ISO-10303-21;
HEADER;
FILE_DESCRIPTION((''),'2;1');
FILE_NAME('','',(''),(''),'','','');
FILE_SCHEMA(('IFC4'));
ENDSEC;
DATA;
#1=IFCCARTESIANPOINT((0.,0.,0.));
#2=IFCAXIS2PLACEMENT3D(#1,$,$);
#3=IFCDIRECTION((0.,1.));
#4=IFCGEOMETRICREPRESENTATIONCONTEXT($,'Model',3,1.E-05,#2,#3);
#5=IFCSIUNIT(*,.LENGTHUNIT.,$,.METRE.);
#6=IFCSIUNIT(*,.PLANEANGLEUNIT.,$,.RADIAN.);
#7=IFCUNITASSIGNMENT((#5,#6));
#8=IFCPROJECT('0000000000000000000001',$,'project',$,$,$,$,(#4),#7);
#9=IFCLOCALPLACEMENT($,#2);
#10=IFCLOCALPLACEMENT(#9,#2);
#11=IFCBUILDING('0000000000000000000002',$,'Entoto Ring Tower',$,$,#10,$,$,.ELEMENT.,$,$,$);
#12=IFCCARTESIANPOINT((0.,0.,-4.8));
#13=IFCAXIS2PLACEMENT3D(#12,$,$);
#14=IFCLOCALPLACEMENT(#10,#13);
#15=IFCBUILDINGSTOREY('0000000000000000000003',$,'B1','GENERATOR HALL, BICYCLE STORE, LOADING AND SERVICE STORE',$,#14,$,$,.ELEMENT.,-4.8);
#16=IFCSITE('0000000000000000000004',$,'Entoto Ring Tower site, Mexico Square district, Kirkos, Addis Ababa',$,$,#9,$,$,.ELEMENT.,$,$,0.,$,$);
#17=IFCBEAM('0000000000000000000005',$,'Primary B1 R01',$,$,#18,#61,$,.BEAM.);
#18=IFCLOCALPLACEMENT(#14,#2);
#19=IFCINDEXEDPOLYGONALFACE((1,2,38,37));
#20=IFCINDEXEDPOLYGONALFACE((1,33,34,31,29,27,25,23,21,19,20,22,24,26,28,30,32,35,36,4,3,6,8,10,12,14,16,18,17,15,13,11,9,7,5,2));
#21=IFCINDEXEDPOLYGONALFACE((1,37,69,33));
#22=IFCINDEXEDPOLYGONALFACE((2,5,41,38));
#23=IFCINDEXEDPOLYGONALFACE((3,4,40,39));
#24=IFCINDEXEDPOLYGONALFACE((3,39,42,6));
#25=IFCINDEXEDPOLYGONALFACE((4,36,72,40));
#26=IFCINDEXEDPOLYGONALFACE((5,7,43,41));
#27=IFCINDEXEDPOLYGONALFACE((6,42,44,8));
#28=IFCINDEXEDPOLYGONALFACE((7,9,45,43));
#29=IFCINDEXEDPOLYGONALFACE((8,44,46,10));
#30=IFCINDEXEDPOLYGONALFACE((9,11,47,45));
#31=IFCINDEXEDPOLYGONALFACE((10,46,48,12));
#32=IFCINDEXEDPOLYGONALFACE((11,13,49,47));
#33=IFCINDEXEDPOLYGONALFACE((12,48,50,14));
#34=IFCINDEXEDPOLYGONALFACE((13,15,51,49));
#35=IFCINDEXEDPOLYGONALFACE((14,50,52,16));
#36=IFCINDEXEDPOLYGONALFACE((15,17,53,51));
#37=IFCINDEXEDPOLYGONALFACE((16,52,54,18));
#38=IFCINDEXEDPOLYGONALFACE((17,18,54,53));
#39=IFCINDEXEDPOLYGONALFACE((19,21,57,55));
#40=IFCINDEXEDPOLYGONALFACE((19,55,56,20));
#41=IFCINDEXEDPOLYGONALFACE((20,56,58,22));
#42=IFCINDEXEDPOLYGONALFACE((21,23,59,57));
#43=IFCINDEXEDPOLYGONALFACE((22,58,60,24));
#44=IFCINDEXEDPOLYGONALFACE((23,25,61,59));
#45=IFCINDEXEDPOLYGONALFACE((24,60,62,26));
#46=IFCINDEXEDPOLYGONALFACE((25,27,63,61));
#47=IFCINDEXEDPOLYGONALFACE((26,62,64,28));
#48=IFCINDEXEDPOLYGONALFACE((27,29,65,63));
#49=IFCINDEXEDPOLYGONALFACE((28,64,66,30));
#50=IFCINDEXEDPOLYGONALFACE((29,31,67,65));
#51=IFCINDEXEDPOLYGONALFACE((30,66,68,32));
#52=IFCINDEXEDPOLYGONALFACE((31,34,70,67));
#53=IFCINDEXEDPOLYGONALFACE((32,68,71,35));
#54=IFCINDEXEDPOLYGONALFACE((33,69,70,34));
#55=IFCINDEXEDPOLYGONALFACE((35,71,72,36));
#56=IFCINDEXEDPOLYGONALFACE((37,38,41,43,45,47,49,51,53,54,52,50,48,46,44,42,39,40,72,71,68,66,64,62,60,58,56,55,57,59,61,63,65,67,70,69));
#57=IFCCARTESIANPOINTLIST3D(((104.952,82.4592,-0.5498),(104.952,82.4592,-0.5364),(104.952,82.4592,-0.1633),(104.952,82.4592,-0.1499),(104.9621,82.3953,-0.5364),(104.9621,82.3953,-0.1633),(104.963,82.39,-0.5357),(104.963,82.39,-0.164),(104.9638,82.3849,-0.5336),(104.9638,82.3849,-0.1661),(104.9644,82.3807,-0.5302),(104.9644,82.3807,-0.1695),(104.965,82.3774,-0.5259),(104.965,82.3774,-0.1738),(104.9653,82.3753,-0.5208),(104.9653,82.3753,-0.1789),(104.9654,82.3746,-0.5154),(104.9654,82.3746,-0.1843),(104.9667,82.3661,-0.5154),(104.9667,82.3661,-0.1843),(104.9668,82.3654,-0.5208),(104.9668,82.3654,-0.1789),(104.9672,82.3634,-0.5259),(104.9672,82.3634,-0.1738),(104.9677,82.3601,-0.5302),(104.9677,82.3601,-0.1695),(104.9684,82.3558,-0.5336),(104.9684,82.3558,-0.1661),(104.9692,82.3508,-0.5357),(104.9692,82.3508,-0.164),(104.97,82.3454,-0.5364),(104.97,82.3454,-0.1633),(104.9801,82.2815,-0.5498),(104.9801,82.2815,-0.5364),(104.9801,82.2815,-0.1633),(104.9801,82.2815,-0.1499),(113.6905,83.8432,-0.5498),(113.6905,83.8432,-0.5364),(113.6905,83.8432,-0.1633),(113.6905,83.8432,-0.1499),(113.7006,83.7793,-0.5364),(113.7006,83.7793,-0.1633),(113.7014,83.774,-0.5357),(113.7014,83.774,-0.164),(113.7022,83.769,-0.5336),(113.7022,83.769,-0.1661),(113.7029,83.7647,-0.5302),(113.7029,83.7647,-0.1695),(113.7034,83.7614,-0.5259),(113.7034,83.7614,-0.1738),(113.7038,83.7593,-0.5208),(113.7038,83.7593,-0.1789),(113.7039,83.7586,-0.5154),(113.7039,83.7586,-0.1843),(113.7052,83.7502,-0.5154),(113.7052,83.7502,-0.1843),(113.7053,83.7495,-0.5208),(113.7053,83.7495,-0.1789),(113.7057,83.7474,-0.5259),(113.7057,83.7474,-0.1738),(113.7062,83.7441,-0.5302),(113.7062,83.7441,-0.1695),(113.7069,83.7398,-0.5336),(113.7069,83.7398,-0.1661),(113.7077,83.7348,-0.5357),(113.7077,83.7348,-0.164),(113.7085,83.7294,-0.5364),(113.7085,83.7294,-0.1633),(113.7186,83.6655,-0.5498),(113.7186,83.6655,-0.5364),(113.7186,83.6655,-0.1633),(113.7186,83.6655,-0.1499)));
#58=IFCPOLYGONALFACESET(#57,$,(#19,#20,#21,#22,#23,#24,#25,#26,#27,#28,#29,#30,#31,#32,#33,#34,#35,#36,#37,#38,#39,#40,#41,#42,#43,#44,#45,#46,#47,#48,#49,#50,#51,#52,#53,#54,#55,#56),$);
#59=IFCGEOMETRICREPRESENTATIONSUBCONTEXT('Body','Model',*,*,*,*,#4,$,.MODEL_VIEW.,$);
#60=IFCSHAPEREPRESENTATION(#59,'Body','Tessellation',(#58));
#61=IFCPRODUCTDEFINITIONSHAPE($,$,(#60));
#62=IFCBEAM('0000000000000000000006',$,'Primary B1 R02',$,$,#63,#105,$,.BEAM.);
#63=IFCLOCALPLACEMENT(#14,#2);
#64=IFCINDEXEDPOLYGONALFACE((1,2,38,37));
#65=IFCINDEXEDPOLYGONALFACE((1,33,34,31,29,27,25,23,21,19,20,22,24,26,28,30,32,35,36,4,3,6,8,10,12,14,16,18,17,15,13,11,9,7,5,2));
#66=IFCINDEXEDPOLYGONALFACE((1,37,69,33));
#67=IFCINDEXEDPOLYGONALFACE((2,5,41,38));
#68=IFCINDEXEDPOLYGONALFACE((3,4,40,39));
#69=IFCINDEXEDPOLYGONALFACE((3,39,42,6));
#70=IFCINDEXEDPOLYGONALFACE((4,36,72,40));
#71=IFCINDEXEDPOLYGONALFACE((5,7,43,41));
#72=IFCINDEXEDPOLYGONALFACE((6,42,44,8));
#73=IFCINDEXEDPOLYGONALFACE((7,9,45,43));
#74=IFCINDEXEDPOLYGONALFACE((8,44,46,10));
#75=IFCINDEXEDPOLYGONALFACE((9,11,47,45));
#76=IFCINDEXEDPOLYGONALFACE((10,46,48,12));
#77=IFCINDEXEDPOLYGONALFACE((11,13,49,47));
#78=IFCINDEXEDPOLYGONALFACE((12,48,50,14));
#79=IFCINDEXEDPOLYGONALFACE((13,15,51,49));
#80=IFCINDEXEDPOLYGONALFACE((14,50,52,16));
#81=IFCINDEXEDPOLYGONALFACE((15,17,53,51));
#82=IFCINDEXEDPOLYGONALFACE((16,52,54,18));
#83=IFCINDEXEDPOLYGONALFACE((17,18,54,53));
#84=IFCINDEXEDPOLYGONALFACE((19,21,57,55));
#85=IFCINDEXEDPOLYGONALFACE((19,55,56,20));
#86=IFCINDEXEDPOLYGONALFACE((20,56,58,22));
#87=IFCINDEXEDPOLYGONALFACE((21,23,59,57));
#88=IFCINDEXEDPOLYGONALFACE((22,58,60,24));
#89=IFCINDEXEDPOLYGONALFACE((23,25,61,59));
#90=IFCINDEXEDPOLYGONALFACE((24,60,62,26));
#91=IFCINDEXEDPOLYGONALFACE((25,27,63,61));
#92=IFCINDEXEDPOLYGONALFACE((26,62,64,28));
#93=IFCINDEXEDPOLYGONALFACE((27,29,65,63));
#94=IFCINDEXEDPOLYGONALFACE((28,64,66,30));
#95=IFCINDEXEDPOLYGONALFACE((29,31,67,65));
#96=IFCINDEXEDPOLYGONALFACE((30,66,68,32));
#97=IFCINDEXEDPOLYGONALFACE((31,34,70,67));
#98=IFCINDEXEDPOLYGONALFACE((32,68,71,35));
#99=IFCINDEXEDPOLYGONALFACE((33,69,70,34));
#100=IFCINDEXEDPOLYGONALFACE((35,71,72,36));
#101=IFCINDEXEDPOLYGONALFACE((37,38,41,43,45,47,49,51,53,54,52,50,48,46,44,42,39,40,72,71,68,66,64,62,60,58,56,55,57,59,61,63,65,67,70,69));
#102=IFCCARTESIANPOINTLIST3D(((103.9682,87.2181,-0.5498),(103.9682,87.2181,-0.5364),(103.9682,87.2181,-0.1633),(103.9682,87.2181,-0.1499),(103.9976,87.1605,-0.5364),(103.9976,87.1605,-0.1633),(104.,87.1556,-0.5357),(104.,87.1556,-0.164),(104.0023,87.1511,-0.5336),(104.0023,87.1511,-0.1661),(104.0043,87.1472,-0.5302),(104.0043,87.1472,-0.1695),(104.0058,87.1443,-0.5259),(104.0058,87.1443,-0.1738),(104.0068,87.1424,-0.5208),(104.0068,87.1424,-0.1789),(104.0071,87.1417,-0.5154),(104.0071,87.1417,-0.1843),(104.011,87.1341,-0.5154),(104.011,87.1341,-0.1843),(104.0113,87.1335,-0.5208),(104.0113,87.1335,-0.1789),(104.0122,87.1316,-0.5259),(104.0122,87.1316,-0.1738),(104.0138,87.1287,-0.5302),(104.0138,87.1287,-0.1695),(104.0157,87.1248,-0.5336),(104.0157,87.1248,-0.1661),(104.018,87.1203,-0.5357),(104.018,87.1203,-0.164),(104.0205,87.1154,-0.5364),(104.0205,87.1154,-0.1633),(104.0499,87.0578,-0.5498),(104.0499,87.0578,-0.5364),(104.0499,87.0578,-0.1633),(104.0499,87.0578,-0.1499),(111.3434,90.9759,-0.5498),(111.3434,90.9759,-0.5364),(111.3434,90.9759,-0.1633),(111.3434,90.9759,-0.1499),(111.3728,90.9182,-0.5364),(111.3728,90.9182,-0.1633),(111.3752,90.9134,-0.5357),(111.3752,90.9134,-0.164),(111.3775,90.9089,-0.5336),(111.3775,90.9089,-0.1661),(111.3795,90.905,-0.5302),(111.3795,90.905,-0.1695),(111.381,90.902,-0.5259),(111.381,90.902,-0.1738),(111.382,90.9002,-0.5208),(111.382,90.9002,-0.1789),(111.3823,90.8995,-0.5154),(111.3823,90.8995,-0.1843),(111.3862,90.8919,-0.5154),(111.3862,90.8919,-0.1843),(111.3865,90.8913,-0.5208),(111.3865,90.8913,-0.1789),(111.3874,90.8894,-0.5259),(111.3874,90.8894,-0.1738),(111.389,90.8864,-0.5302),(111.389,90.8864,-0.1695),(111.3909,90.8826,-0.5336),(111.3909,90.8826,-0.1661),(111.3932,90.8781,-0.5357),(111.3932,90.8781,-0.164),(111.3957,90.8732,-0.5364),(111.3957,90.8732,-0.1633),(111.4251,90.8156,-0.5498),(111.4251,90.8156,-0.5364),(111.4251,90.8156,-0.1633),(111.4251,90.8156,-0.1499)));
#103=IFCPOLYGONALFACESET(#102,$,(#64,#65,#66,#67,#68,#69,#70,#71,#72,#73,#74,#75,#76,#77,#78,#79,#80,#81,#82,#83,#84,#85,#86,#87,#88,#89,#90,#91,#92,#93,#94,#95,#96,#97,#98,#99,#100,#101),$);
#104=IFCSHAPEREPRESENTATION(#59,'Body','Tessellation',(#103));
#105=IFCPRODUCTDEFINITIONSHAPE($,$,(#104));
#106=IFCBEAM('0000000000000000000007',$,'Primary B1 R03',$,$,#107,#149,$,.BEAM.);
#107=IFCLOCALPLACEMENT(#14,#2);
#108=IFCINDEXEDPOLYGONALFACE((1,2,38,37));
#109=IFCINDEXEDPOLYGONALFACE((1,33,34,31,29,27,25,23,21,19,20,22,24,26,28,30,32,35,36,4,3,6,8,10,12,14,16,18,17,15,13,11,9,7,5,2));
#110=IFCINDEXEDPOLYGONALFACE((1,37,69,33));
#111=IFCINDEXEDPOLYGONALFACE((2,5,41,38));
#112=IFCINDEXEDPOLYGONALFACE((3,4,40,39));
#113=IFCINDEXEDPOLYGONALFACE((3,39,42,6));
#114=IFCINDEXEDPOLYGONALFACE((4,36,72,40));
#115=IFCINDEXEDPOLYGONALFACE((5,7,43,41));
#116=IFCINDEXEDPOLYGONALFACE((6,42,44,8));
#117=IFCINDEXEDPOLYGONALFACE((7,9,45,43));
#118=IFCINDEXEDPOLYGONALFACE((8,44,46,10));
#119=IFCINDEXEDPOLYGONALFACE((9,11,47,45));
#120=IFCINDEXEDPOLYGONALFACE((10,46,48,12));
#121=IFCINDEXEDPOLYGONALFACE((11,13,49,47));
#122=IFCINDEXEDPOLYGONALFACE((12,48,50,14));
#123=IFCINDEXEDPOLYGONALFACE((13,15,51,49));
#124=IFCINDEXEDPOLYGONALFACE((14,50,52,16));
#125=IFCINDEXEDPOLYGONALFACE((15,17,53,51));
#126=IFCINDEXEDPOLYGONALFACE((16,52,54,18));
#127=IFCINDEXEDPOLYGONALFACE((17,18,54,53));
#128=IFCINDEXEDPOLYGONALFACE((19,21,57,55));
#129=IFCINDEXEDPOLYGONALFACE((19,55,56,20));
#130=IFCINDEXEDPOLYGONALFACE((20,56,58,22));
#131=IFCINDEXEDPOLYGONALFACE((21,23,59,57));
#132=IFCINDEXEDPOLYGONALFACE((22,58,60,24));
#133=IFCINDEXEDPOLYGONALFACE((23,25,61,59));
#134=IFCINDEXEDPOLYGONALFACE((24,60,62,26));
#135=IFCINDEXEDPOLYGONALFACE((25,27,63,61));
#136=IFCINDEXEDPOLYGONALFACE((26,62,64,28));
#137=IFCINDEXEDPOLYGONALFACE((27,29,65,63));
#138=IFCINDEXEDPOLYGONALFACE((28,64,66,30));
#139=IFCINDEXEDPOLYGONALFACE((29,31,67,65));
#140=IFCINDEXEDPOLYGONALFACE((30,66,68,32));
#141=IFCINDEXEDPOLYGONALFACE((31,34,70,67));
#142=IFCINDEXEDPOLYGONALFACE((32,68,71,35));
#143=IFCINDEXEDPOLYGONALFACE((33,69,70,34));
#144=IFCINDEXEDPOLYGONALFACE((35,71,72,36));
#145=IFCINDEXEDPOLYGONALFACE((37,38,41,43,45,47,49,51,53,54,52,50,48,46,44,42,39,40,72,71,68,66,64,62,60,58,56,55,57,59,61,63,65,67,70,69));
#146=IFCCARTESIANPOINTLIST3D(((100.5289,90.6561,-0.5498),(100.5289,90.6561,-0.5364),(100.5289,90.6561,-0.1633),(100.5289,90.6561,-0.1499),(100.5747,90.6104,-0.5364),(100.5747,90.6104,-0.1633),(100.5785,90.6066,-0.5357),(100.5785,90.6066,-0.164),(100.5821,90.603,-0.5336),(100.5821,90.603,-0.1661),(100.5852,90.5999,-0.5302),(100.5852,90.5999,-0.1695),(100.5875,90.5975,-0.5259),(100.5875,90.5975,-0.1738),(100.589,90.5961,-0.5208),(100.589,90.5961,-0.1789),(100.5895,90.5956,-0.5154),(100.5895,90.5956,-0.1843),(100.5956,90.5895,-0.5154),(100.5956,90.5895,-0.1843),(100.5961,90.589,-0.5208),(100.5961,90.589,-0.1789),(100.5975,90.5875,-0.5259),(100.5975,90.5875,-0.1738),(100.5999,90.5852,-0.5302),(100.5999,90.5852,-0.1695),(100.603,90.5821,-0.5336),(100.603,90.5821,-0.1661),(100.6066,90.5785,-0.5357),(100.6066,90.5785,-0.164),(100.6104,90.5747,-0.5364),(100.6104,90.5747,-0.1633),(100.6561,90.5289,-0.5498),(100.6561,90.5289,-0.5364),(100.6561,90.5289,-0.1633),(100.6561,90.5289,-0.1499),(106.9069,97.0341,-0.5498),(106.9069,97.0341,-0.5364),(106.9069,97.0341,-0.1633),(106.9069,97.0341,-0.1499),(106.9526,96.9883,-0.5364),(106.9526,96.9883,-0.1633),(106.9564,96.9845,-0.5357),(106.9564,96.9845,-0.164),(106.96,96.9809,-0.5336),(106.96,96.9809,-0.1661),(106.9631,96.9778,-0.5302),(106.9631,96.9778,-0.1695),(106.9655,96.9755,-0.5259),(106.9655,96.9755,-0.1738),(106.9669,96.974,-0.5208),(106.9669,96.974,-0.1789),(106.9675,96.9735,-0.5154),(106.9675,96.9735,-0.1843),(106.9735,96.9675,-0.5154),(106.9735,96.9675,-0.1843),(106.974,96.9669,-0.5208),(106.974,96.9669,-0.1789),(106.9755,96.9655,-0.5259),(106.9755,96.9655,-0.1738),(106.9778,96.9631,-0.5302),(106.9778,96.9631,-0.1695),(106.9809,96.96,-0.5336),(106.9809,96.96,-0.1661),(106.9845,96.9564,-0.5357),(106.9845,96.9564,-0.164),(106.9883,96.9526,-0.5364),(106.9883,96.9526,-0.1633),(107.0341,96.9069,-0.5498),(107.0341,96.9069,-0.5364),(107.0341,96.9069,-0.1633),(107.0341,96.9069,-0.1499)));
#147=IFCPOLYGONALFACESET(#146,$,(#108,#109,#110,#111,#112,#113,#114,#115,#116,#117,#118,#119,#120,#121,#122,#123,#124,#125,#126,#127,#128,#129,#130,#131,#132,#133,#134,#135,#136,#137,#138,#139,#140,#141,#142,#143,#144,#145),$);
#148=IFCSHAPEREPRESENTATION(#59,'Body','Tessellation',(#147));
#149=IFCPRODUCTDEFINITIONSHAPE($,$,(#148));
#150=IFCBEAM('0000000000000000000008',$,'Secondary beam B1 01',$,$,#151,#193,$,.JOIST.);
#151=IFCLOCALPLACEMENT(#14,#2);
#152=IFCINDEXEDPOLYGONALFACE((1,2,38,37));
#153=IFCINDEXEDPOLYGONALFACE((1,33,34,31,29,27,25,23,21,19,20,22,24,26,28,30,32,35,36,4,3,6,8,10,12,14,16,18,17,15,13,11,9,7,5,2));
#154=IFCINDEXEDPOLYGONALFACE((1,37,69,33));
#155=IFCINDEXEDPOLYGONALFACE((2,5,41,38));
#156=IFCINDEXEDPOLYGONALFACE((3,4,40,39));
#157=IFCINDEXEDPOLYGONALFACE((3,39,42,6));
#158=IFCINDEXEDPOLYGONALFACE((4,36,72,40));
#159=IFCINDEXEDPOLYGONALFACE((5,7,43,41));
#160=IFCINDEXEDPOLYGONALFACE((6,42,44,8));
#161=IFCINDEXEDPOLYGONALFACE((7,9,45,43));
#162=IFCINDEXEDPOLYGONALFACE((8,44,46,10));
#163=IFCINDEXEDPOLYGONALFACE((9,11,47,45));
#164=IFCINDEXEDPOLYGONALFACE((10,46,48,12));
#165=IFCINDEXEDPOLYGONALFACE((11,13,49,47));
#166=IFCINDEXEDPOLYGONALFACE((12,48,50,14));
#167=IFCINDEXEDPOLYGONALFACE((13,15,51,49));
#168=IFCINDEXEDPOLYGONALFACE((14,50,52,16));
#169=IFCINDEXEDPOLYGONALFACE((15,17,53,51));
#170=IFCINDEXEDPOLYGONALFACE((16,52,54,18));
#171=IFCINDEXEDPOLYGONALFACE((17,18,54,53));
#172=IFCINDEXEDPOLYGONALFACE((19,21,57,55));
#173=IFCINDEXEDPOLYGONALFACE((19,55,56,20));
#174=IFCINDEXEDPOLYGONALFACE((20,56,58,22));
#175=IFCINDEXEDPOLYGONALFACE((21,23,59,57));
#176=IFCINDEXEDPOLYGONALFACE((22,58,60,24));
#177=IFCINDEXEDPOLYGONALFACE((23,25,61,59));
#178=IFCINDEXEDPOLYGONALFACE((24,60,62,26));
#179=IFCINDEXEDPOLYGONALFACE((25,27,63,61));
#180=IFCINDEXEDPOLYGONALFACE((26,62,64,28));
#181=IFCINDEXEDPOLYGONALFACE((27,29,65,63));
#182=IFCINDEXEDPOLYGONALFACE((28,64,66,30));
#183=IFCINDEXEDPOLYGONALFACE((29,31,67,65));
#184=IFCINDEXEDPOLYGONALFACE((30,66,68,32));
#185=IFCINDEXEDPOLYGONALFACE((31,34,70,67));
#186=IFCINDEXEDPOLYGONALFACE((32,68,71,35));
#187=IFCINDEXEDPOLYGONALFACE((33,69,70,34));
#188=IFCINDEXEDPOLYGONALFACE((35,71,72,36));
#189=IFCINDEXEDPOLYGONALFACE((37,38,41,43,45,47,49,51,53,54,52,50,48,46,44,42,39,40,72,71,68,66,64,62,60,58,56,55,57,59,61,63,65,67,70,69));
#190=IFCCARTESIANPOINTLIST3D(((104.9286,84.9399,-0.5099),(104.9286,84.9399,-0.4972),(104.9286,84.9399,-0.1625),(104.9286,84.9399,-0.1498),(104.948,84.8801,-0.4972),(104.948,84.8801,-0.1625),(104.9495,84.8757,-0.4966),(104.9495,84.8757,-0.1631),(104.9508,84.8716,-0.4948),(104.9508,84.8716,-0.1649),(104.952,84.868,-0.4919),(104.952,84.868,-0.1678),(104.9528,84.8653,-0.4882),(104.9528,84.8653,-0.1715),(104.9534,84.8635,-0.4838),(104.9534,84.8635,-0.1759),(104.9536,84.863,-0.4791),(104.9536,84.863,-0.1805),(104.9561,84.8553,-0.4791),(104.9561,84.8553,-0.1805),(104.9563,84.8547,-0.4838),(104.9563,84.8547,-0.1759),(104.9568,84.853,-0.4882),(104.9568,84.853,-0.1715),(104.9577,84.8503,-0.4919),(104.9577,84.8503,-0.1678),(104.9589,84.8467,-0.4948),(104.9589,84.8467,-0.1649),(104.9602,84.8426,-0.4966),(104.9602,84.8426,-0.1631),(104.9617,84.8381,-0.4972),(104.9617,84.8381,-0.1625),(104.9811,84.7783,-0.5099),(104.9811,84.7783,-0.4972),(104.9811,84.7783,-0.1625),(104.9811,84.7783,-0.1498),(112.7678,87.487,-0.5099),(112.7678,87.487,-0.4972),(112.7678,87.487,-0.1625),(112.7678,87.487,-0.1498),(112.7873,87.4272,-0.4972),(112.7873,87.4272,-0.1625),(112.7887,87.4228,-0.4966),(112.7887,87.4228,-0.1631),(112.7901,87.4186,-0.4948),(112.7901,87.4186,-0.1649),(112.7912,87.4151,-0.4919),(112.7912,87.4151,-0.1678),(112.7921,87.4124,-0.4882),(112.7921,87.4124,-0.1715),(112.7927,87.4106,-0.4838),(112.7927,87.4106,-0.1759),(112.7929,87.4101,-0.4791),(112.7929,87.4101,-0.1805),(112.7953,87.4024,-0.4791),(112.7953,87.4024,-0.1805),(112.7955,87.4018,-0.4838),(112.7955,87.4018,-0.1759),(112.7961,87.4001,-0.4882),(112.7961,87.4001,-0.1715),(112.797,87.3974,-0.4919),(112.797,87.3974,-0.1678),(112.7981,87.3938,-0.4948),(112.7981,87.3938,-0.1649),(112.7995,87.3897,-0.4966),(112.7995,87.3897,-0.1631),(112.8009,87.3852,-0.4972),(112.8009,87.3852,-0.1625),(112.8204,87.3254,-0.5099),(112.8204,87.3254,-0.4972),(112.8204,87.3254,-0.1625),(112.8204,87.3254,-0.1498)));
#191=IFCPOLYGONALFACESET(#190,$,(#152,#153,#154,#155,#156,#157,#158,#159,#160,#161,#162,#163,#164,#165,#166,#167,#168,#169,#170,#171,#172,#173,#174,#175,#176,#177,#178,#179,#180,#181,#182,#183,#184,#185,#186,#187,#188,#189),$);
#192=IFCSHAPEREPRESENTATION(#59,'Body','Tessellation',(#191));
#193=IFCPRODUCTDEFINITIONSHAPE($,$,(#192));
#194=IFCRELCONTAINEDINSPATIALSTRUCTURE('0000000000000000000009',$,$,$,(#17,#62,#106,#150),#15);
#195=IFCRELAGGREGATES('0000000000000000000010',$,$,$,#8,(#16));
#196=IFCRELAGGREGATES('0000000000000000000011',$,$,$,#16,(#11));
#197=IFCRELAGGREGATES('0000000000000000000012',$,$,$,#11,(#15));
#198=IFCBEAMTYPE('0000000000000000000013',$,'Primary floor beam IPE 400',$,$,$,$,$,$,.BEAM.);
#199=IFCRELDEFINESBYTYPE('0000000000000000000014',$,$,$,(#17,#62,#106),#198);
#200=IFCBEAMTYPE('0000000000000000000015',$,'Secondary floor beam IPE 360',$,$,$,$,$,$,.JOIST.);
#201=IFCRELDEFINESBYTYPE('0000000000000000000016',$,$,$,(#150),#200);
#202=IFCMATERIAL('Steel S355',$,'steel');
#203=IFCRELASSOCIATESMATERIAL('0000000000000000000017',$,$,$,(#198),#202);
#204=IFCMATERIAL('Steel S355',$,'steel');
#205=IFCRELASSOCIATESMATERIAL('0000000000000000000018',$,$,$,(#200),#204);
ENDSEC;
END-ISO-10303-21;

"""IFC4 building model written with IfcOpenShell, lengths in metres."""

from ifc_helpers import new_model, si_unit, direction, frame, origin, origin_2d, place, context, subcontext, project, spatial, i_section, extrude, material, material_profile, profile_set, type_object, element, save


model = new_model("IFC4")

# Units and contexts
model_context = context("Model", 3, precision=1e-05, world=origin(), true_north=direction((0.0, 1.0)))
body_context = subcontext(model_context, "Body", "Model", "MODEL_VIEW")
ifc_project = project(units=[si_unit("LENGTHUNIT", "METRE"), si_unit("PLANEANGLEUNIT", "RADIAN")], contexts=[model_context])

# Site, building, storey
site_placement = place(None, origin())
site = spatial("IfcSite", under=ifc_project, at=site_placement, Name="Entoto Ring Tower site, Mexico Square district, Kirkos, Addis Ababa", CompositionType="ELEMENT", RefElevation=0.0)
building_placement = place(site_placement, origin())
building = spatial("IfcBuilding", under=site, at=building_placement, Name="Entoto Ring Tower", CompositionType="ELEMENT")
storey_placement = place(building_placement, frame((0.0, 0.0, -4.8)))
storey = spatial("IfcBuildingStorey", under=building, at=storey_placement, Name="B1", Description="GENERATOR HALL, BICYCLE STORE, LOADING AND SERVICE STORE", CompositionType="ELEMENT", Elevation=-4.8)

# Beams
ifc_material_1 = material(Name="Steel S355", Category="steel")
ifc_material_profile_1 = material_profile(ifc_material_1, i_section(OverallWidth=0.1799, OverallDepth=0.3999, WebThickness=0.0085, FlangeThickness=0.0134, FilletRadius=0.021, at=origin_2d()), Name="IPE 400")
ifc_profile_set_1 = profile_set([ifc_material_profile_1], Name="Steel S355")
beam_type_1 = type_object("IfcBeamType", Name="Primary floor beam IPE 400", PredefinedType="BEAM", material=ifc_profile_set_1)
beam_1_placement = place(storey_placement, frame((104.9661, 82.3704, -0.3499), z_axis=(0.987689, 0.156433, 0.0), x_axis=(-0.156433, 0.987689, 0.0)))
element("IfcBeam", 1, at=beam_1_placement, inside=storey, type_object=beam_type_1, Name="Primary B1 R01", PredefinedType="BEAM", context=body_context, shape_type="SweptSolid", body=[
    extrude(i_section(OverallWidth=0.1799, OverallDepth=0.3999, WebThickness=0.0085, FlangeThickness=0.0134, FilletRadius=0.021, at=origin_2d()), origin(), (0.0, 0.0, 1.0), 8.8474),
])
beam_2_placement = place(storey_placement, frame((104.009, 87.1379, -0.3499), z_axis=(0.89101, 0.453985, 0.0), x_axis=(-0.453985, 0.89101, 0.0)))
element("IfcBeam", 2, at=beam_2_placement, inside=storey, type_object=beam_type_1, Name="Primary B1 R02", PredefinedType="BEAM", context=body_context, shape_type="SweptSolid", body=[
    extrude(i_section(OverallWidth=0.1799, OverallDepth=0.3999, WebThickness=0.0085, FlangeThickness=0.0134, FilletRadius=0.021, at=origin_2d()), origin(), (0.0, 0.0, 1.0), 8.2773),
])
beam_3_placement = place(storey_placement, frame((100.5925, 90.5925, -0.3499), z_axis=(0.707107, 0.707107, 0.0), x_axis=(-0.707107, 0.707107, 0.0)))
element("IfcBeam", 3, at=beam_3_placement, inside=storey, type_object=beam_type_1, Name="Primary B1 R03", PredefinedType="BEAM", context=body_context, shape_type="SweptSolid", body=[
    extrude(i_section(OverallWidth=0.1799, OverallDepth=0.3999, WebThickness=0.0085, FlangeThickness=0.0134, FilletRadius=0.021, at=origin_2d()), origin(), (0.0, 0.0, 1.0), 9.0198),
])
ifc_material_2 = material(Name="Steel S355", Category="steel")
ifc_material_profile_2 = material_profile(ifc_material_2, i_section(OverallWidth=0.1699, OverallDepth=0.3601, WebThickness=0.0081, FlangeThickness=0.0127, FilletRadius=0.0181, at=origin_2d()), Name="IPE 360")
ifc_profile_set_2 = profile_set([ifc_material_profile_2], Name="Steel S355")
beam_type_2 = type_object("IfcBeamType", Name="Secondary floor beam IPE 360", PredefinedType="JOIST", material=ifc_profile_set_2)
beam_4_placement = place(storey_placement, frame((104.9548, 84.8591, -0.3298), z_axis=(0.951058, 0.309012, 0.0), x_axis=(-0.309012, 0.951058, 0.0)))
element("IfcBeam", 4, at=beam_4_placement, inside=storey, type_object=beam_type_2, Name="Secondary beam B1 01", PredefinedType="JOIST", context=body_context, shape_type="SweptSolid", body=[
    extrude(i_section(OverallWidth=0.1699, OverallDepth=0.3601, WebThickness=0.0081, FlangeThickness=0.0127, FilletRadius=0.0181, at=origin_2d()), origin(), (0.0, 0.0, 1.0), 8.2427),
])

save(model, "model.ifc")
